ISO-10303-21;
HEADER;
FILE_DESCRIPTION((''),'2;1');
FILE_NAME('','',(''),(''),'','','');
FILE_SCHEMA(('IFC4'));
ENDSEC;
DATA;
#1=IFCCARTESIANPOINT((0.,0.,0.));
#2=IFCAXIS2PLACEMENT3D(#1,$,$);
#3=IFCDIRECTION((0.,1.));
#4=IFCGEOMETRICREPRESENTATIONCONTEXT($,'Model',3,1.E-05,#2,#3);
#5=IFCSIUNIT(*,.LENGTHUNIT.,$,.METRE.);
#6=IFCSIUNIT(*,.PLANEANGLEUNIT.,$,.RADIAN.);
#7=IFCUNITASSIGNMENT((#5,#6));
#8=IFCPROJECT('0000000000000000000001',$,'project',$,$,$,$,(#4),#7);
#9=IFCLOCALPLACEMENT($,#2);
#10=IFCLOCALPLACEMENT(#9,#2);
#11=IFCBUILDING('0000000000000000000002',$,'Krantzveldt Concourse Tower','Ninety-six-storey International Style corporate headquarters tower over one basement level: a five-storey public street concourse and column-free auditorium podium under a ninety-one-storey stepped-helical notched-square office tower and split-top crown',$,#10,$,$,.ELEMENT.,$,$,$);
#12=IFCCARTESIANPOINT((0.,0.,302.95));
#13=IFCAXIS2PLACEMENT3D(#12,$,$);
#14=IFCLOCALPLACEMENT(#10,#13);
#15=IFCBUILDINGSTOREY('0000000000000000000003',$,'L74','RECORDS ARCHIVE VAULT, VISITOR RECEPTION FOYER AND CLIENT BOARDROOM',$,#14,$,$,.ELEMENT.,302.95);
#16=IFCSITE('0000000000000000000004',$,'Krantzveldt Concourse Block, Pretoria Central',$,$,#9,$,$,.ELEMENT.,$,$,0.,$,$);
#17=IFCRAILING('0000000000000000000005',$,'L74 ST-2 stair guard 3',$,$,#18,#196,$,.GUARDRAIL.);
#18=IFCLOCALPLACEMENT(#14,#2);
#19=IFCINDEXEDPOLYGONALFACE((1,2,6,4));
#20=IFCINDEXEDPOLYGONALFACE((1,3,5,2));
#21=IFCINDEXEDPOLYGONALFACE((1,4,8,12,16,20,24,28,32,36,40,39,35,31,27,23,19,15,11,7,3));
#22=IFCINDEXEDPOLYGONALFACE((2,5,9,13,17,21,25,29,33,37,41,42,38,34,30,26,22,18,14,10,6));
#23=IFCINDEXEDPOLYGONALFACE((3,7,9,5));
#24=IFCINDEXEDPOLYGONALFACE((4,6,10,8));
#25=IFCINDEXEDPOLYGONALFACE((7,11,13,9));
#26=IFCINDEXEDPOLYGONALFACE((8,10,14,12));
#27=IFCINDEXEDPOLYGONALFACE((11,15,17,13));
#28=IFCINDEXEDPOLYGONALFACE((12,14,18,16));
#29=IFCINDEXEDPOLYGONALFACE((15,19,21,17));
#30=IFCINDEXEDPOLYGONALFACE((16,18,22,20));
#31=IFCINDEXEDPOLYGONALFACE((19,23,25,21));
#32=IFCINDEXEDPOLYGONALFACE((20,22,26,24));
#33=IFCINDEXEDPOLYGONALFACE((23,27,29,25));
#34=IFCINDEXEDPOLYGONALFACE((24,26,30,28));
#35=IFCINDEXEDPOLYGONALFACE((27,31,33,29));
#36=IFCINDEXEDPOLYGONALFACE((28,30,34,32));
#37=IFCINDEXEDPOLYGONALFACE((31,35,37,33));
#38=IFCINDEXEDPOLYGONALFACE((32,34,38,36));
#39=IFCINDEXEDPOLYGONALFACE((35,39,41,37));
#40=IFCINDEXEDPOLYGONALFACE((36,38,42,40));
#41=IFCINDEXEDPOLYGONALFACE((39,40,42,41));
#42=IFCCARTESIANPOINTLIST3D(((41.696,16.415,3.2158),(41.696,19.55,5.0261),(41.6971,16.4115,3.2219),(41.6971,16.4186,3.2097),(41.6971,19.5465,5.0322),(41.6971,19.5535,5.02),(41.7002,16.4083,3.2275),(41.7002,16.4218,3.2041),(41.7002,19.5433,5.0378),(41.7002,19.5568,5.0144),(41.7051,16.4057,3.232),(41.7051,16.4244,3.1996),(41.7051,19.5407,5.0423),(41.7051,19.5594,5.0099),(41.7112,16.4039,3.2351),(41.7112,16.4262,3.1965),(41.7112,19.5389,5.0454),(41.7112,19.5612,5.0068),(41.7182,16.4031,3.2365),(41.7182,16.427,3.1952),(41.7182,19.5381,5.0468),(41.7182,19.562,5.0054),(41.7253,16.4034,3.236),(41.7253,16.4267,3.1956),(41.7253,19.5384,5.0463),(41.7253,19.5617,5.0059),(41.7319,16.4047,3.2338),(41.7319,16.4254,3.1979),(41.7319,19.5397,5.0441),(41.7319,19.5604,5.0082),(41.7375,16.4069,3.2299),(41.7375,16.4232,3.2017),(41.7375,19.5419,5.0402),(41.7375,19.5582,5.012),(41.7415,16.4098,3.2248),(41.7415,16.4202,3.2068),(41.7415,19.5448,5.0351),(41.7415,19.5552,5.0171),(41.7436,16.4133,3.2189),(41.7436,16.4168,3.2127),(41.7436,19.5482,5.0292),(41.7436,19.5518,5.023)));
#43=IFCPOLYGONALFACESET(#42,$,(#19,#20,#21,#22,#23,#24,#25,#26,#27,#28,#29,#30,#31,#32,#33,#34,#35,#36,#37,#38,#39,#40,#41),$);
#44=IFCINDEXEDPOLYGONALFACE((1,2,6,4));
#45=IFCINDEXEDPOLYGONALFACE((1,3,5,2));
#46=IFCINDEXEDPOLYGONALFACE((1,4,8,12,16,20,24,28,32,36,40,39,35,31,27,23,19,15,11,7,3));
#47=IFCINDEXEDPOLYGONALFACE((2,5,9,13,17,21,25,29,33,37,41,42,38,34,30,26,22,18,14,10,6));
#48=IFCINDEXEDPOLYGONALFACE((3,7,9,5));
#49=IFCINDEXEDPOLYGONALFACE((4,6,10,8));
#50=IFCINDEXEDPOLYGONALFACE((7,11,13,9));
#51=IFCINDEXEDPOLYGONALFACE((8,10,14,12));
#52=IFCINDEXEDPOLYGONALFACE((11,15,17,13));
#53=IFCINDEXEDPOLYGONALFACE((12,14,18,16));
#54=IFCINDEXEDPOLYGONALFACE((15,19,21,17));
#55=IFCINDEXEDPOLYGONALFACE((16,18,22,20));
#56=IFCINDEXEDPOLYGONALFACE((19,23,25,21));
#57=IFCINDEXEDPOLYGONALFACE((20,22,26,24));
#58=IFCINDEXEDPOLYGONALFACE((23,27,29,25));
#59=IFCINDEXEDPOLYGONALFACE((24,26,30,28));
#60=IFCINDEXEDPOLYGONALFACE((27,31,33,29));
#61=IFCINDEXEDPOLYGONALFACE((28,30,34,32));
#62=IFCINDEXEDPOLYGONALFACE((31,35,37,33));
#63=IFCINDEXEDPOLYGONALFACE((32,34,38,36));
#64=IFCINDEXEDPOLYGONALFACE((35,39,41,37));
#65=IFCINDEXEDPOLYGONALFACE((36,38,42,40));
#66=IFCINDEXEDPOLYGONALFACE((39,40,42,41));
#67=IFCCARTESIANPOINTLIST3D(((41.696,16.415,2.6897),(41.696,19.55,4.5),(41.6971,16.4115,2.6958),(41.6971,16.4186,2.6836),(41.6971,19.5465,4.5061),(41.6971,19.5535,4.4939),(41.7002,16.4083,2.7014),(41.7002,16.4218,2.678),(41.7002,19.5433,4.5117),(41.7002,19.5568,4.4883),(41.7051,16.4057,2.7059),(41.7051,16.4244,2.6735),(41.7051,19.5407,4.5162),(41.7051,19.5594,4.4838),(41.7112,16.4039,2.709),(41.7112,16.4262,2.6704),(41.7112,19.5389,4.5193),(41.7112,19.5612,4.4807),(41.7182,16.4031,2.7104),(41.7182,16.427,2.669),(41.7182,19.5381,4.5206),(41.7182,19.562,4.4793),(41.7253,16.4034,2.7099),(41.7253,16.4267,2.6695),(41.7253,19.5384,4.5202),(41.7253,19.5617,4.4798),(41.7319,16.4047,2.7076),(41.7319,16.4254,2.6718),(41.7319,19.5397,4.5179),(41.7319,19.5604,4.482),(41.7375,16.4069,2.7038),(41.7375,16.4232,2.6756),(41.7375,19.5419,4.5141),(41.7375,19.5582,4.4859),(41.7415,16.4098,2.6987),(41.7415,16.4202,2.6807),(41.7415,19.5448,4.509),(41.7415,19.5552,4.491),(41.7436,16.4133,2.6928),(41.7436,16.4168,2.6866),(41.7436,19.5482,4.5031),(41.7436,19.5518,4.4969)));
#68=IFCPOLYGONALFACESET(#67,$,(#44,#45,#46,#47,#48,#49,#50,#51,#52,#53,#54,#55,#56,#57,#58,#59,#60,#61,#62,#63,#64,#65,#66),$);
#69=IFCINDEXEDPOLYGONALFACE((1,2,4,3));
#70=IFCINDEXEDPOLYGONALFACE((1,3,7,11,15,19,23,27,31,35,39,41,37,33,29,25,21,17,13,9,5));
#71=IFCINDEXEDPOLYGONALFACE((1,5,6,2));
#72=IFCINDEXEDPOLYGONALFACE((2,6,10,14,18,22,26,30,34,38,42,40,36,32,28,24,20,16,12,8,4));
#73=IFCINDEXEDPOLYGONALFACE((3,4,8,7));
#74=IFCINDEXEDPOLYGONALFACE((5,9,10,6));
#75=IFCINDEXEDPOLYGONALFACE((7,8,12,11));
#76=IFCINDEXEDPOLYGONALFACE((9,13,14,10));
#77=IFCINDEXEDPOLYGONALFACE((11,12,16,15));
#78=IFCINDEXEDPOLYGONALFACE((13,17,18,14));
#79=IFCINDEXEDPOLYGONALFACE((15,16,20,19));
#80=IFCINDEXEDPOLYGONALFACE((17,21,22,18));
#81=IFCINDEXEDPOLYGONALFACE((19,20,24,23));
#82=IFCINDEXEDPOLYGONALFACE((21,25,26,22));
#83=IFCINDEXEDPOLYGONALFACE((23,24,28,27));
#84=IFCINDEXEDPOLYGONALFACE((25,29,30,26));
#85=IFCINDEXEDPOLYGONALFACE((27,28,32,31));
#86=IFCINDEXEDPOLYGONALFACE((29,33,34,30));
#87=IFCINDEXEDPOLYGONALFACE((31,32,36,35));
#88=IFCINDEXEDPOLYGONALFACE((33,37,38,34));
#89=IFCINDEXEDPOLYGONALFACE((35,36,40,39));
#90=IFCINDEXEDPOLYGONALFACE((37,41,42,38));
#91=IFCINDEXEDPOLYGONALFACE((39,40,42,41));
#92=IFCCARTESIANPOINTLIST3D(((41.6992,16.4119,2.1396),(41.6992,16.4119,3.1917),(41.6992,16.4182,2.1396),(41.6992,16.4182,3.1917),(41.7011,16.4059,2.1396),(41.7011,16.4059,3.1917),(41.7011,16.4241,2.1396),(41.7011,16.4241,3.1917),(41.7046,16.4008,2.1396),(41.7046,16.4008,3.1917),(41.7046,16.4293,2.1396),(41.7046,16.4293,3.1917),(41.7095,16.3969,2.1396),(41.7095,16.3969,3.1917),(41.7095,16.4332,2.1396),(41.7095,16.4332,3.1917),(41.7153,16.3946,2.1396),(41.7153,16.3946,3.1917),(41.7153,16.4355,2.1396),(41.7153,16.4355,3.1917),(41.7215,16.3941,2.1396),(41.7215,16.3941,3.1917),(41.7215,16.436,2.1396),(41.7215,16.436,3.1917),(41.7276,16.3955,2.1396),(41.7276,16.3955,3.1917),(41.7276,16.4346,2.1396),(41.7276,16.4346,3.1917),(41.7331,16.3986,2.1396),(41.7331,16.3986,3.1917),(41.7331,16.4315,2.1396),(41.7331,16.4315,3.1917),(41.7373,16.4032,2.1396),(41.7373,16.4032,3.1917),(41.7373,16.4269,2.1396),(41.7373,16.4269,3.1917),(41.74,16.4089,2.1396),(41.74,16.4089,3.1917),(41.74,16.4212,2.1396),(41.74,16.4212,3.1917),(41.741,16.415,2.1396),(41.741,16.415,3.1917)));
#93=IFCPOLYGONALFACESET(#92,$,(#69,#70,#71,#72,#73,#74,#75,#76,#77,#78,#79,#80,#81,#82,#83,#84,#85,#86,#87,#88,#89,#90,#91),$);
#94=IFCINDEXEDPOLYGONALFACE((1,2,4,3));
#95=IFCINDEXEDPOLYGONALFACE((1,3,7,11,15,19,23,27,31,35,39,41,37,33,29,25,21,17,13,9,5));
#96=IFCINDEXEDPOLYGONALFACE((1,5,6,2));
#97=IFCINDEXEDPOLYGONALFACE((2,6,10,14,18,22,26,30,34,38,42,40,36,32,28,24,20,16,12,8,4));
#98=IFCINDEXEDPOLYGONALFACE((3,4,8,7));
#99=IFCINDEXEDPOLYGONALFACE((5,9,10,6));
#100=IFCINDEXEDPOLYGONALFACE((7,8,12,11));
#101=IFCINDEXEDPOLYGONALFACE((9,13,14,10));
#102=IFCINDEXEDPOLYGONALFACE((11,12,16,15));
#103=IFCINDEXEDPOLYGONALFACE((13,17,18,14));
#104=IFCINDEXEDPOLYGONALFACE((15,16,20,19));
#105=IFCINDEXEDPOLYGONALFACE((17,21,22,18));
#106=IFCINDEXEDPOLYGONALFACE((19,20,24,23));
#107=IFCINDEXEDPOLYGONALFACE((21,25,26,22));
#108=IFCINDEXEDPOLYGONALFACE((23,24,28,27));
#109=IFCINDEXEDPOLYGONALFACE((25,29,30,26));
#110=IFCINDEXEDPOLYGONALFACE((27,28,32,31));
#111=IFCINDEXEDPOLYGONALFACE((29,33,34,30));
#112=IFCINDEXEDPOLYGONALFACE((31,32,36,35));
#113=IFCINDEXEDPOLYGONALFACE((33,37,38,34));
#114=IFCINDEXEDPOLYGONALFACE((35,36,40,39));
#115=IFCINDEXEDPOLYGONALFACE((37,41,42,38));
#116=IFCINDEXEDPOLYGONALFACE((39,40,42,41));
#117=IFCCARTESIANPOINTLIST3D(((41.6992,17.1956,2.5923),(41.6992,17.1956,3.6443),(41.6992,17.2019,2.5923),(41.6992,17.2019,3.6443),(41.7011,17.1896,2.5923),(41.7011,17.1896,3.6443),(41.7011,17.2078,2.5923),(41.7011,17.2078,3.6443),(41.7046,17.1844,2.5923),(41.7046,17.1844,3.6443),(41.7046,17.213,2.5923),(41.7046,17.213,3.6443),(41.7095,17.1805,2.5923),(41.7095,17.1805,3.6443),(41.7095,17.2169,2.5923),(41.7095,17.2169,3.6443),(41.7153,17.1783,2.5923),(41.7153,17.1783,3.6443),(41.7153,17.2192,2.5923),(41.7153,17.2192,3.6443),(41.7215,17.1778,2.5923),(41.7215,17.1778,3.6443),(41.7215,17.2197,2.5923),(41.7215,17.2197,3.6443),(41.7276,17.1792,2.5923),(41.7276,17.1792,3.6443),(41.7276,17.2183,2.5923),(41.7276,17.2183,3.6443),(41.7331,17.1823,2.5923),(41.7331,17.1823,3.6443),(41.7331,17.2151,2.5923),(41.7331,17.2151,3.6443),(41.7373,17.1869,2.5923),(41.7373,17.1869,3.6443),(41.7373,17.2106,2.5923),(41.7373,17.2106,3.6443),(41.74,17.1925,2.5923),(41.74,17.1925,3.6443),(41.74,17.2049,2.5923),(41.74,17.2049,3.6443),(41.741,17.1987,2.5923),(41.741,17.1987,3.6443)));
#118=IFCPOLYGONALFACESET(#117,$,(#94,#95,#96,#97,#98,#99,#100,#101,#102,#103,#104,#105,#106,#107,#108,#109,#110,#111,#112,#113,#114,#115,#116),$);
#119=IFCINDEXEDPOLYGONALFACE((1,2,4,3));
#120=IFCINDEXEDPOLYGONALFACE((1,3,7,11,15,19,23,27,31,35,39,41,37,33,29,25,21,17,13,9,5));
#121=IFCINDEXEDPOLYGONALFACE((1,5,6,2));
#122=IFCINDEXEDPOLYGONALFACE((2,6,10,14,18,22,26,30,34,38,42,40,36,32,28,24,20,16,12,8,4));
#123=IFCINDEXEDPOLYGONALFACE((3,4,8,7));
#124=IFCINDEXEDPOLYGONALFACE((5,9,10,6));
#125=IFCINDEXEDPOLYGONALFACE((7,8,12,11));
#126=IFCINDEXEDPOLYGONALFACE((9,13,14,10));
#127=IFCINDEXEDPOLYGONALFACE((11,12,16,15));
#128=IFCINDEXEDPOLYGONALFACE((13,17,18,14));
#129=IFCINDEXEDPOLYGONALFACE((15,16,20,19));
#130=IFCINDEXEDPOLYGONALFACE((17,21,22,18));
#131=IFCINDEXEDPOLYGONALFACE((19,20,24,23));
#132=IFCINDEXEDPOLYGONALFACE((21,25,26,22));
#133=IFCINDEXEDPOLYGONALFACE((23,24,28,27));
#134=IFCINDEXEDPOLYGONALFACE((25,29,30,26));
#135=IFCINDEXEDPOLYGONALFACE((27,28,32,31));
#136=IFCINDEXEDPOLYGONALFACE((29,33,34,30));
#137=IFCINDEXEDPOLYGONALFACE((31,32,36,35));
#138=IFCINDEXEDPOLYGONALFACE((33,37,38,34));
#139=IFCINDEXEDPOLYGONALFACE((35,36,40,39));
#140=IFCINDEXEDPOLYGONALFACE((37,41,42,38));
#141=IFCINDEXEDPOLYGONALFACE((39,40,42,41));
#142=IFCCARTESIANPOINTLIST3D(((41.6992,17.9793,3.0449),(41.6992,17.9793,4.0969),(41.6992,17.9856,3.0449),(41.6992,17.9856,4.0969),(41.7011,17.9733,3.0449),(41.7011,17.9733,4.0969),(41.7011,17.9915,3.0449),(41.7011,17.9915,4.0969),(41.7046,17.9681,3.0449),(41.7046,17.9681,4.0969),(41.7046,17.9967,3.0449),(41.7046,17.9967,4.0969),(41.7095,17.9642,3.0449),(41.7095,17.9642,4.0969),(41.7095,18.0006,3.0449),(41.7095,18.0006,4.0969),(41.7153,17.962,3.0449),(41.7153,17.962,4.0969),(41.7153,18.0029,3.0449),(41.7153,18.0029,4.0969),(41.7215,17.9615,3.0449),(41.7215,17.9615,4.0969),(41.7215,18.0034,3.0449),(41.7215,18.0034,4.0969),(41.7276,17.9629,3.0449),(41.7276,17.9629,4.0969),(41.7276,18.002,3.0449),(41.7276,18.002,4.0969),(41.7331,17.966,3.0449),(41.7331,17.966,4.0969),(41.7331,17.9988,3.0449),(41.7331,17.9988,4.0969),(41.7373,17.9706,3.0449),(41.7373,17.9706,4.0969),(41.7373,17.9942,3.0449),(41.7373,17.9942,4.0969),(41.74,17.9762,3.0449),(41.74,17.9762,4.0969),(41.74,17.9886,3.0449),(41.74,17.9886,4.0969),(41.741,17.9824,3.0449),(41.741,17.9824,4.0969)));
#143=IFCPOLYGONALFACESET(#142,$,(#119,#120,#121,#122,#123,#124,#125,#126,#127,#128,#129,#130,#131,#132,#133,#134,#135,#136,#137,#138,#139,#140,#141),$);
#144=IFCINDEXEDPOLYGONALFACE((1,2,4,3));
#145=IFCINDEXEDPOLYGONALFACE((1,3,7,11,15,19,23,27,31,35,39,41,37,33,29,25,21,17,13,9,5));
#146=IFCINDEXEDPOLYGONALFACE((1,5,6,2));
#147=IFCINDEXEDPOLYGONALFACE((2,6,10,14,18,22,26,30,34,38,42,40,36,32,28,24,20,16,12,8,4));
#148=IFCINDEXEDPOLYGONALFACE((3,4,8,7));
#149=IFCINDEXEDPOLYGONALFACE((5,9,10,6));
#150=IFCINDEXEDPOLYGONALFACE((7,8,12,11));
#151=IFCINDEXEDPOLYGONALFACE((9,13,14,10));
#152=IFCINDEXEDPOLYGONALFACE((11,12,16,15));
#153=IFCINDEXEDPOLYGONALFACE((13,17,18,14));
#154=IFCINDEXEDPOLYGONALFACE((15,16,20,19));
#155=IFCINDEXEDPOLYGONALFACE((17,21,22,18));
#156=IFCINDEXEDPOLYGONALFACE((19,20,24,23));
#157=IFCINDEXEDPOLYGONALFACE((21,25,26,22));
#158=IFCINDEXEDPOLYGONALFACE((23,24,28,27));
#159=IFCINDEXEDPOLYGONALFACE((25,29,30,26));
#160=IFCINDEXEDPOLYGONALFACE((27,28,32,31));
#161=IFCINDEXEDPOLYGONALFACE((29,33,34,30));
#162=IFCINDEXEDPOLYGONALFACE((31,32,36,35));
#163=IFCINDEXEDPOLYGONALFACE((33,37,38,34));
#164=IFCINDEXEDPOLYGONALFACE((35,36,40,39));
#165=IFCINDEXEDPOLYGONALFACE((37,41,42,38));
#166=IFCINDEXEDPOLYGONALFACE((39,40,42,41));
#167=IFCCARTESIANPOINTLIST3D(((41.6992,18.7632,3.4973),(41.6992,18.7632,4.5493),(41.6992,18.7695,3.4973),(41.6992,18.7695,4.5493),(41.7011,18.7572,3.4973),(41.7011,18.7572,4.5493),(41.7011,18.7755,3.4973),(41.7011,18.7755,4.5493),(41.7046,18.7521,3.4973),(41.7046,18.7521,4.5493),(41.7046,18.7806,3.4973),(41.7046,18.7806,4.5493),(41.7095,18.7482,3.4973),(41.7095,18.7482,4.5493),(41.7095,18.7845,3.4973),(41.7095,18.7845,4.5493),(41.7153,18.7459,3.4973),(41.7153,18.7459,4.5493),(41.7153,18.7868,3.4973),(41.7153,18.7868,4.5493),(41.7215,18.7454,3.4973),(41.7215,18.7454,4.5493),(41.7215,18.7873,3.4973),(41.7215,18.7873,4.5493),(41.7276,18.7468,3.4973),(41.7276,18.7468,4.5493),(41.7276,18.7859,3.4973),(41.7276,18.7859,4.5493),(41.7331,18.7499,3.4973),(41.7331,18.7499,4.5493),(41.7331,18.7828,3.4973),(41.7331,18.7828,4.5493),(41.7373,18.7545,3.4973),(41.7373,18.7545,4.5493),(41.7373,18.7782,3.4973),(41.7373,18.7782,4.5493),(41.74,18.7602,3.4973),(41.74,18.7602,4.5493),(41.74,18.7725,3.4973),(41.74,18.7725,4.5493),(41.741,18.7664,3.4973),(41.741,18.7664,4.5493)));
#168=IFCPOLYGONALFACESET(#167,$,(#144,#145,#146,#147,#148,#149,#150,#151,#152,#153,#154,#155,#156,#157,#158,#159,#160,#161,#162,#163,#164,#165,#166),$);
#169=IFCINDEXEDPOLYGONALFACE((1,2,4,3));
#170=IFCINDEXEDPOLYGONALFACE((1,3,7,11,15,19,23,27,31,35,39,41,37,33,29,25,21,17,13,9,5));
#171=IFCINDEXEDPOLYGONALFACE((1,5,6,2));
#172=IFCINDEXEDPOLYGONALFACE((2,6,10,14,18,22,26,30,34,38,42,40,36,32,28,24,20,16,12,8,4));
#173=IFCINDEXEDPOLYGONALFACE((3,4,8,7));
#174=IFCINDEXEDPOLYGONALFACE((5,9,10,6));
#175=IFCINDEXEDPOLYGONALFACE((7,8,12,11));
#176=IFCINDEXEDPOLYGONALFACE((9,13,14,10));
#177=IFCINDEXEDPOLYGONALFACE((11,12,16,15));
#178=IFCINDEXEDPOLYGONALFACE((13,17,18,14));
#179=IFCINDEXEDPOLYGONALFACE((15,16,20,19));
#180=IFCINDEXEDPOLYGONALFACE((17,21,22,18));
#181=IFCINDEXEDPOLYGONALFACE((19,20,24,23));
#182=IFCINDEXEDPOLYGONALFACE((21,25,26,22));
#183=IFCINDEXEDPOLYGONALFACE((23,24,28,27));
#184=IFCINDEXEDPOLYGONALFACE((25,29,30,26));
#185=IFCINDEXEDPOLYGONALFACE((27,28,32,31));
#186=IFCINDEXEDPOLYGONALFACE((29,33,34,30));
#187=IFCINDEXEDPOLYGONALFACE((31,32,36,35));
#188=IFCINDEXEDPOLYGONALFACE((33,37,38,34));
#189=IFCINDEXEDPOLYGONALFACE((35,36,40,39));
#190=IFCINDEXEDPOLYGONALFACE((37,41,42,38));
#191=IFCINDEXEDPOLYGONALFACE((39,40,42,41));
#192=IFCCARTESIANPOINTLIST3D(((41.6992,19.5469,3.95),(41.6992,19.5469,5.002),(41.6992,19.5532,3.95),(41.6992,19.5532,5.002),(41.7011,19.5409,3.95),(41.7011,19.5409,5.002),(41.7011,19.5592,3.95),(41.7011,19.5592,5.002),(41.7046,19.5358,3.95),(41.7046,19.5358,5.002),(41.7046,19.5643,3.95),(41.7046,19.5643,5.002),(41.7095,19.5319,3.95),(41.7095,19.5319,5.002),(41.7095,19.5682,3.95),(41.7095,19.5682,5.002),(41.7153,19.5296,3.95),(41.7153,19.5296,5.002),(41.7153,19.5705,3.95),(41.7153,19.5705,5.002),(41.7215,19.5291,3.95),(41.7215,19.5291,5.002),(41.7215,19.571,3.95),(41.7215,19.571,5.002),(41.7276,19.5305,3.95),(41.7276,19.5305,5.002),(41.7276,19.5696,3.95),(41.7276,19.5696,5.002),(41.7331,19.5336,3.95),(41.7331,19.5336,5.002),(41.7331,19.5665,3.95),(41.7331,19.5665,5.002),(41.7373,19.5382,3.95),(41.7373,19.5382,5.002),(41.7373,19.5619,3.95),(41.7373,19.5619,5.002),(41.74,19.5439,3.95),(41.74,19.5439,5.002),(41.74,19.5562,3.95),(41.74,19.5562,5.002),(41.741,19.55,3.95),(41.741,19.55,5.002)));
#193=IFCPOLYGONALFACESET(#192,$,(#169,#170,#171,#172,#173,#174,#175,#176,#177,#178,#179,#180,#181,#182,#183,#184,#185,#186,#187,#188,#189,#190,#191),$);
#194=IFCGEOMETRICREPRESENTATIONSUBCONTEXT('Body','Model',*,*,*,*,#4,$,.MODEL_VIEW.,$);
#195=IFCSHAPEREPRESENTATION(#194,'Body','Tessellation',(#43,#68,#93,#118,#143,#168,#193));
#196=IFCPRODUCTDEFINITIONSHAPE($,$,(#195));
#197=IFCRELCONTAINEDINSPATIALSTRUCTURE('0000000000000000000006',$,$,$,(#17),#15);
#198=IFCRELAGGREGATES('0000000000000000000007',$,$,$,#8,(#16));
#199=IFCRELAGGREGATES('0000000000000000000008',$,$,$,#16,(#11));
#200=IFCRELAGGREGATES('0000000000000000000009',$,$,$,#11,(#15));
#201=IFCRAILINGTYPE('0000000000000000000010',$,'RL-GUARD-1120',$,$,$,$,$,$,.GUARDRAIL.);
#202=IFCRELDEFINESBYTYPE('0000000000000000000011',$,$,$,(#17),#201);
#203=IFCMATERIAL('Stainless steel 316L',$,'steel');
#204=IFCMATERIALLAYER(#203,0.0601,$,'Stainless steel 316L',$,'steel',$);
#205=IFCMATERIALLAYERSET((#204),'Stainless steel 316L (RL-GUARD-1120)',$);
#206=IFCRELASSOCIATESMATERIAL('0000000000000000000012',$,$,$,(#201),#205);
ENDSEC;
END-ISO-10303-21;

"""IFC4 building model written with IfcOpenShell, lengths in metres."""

from ifc_helpers import new_model, si_unit, direction, frame, origin, origin_2d, place, context, subcontext, project, spatial, circle, extrude, material, layer, layer_set, type_object, element, save


model = new_model("IFC4")

# Units and contexts
model_context = context("Model", 3, precision=1e-05, world=origin(), true_north=direction((0.0, 1.0)))
body_context = subcontext(model_context, "Body", "Model", "MODEL_VIEW")
ifc_project = project(units=[si_unit("LENGTHUNIT", "METRE"), si_unit("PLANEANGLEUNIT", "RADIAN")], contexts=[model_context])

# Site, building, storey
site_placement = place(None, origin())
site = spatial("IfcSite", under=ifc_project, at=site_placement, Name="Krantzveldt Concourse Block, Pretoria Central", CompositionType="ELEMENT", RefElevation=0.0)
building_placement = place(site_placement, origin())
building = spatial("IfcBuilding", under=site, at=building_placement, Name="Krantzveldt Concourse Tower", Description="Ninety-six-storey International Style corporate headquarters tower over one basement level: a five-storey public street concourse and column-free auditorium podium under a ninety-one-storey stepped-helical notched-square office tower and split-top crown", CompositionType="ELEMENT")
storey_placement = place(building_placement, frame((0.0, 0.0, 302.95)))
storey = spatial("IfcBuildingStorey", under=building, at=storey_placement, Name="L74", Description="RECORDS ARCHIVE VAULT, VISITOR RECEPTION FOYER AND CLIENT BOARDROOM", CompositionType="ELEMENT", Elevation=302.95)

# Shared definitions
ifc_material_1 = material(Name="Stainless steel 316L", Category="steel")

# Railing
ifc_layer_1 = layer(ifc_material_1, 0.0601, Name="Stainless steel 316L", Category="steel")
ifc_layer_set_1 = layer_set([ifc_layer_1], Name="Stainless steel 316L (RL-GUARD-1120)")
railing_type = type_object("IfcRailingType", Name="RL-GUARD-1120", PredefinedType="GUARDRAIL", material=ifc_layer_set_1)
railing_1_placement = place(storey_placement, frame((41.72, 16.415, 2.1396)))
element("IfcRailing", 1, at=railing_1_placement, inside=storey, type_object=railing_type, Name="L74 ST-2 stair guard 3", PredefinedType="GUARDRAIL", context=body_context, shape_type="SweptSolid", body=[
    extrude(circle(Radius=0.0239, at=origin_2d()), frame((0.0, 0.0, 1.0762), z_axis=(0.0, 0.865989, 0.500063), x_axis=(-1.0, 0.0, 0.0)), (0.0, 0.0, 1.0), 3.6201),
    extrude(circle(Radius=0.0239, at=origin_2d()), frame((0.0, 0.0, 0.55), z_axis=(0.0, 0.865989, 0.500063), x_axis=(-1.0, 0.0, 0.0)), (0.0, 0.0, 1.0), 3.6201),
    extrude(circle(Radius=0.021, at=origin_2d()), origin(), (0.0, 0.0, 1.0), 1.052),
    extrude(circle(Radius=0.021, at=origin_2d()), frame((0.0, 0.7837, 0.4526)), (0.0, 0.0, 1.0), 1.052),
    extrude(circle(Radius=0.021, at=origin_2d()), frame((0.0, 1.5674, 0.9053)), (0.0, 0.0, 1.0), 1.052),
    extrude(circle(Radius=0.021, at=origin_2d()), frame((0.0, 2.3513, 1.3577)), (0.0, 0.0, 1.0), 1.052),
    extrude(circle(Radius=0.021, at=origin_2d()), frame((0.0, 3.135, 1.8103)), (0.0, 0.0, 1.0), 1.052),
])

save(model, "model.ifc")
